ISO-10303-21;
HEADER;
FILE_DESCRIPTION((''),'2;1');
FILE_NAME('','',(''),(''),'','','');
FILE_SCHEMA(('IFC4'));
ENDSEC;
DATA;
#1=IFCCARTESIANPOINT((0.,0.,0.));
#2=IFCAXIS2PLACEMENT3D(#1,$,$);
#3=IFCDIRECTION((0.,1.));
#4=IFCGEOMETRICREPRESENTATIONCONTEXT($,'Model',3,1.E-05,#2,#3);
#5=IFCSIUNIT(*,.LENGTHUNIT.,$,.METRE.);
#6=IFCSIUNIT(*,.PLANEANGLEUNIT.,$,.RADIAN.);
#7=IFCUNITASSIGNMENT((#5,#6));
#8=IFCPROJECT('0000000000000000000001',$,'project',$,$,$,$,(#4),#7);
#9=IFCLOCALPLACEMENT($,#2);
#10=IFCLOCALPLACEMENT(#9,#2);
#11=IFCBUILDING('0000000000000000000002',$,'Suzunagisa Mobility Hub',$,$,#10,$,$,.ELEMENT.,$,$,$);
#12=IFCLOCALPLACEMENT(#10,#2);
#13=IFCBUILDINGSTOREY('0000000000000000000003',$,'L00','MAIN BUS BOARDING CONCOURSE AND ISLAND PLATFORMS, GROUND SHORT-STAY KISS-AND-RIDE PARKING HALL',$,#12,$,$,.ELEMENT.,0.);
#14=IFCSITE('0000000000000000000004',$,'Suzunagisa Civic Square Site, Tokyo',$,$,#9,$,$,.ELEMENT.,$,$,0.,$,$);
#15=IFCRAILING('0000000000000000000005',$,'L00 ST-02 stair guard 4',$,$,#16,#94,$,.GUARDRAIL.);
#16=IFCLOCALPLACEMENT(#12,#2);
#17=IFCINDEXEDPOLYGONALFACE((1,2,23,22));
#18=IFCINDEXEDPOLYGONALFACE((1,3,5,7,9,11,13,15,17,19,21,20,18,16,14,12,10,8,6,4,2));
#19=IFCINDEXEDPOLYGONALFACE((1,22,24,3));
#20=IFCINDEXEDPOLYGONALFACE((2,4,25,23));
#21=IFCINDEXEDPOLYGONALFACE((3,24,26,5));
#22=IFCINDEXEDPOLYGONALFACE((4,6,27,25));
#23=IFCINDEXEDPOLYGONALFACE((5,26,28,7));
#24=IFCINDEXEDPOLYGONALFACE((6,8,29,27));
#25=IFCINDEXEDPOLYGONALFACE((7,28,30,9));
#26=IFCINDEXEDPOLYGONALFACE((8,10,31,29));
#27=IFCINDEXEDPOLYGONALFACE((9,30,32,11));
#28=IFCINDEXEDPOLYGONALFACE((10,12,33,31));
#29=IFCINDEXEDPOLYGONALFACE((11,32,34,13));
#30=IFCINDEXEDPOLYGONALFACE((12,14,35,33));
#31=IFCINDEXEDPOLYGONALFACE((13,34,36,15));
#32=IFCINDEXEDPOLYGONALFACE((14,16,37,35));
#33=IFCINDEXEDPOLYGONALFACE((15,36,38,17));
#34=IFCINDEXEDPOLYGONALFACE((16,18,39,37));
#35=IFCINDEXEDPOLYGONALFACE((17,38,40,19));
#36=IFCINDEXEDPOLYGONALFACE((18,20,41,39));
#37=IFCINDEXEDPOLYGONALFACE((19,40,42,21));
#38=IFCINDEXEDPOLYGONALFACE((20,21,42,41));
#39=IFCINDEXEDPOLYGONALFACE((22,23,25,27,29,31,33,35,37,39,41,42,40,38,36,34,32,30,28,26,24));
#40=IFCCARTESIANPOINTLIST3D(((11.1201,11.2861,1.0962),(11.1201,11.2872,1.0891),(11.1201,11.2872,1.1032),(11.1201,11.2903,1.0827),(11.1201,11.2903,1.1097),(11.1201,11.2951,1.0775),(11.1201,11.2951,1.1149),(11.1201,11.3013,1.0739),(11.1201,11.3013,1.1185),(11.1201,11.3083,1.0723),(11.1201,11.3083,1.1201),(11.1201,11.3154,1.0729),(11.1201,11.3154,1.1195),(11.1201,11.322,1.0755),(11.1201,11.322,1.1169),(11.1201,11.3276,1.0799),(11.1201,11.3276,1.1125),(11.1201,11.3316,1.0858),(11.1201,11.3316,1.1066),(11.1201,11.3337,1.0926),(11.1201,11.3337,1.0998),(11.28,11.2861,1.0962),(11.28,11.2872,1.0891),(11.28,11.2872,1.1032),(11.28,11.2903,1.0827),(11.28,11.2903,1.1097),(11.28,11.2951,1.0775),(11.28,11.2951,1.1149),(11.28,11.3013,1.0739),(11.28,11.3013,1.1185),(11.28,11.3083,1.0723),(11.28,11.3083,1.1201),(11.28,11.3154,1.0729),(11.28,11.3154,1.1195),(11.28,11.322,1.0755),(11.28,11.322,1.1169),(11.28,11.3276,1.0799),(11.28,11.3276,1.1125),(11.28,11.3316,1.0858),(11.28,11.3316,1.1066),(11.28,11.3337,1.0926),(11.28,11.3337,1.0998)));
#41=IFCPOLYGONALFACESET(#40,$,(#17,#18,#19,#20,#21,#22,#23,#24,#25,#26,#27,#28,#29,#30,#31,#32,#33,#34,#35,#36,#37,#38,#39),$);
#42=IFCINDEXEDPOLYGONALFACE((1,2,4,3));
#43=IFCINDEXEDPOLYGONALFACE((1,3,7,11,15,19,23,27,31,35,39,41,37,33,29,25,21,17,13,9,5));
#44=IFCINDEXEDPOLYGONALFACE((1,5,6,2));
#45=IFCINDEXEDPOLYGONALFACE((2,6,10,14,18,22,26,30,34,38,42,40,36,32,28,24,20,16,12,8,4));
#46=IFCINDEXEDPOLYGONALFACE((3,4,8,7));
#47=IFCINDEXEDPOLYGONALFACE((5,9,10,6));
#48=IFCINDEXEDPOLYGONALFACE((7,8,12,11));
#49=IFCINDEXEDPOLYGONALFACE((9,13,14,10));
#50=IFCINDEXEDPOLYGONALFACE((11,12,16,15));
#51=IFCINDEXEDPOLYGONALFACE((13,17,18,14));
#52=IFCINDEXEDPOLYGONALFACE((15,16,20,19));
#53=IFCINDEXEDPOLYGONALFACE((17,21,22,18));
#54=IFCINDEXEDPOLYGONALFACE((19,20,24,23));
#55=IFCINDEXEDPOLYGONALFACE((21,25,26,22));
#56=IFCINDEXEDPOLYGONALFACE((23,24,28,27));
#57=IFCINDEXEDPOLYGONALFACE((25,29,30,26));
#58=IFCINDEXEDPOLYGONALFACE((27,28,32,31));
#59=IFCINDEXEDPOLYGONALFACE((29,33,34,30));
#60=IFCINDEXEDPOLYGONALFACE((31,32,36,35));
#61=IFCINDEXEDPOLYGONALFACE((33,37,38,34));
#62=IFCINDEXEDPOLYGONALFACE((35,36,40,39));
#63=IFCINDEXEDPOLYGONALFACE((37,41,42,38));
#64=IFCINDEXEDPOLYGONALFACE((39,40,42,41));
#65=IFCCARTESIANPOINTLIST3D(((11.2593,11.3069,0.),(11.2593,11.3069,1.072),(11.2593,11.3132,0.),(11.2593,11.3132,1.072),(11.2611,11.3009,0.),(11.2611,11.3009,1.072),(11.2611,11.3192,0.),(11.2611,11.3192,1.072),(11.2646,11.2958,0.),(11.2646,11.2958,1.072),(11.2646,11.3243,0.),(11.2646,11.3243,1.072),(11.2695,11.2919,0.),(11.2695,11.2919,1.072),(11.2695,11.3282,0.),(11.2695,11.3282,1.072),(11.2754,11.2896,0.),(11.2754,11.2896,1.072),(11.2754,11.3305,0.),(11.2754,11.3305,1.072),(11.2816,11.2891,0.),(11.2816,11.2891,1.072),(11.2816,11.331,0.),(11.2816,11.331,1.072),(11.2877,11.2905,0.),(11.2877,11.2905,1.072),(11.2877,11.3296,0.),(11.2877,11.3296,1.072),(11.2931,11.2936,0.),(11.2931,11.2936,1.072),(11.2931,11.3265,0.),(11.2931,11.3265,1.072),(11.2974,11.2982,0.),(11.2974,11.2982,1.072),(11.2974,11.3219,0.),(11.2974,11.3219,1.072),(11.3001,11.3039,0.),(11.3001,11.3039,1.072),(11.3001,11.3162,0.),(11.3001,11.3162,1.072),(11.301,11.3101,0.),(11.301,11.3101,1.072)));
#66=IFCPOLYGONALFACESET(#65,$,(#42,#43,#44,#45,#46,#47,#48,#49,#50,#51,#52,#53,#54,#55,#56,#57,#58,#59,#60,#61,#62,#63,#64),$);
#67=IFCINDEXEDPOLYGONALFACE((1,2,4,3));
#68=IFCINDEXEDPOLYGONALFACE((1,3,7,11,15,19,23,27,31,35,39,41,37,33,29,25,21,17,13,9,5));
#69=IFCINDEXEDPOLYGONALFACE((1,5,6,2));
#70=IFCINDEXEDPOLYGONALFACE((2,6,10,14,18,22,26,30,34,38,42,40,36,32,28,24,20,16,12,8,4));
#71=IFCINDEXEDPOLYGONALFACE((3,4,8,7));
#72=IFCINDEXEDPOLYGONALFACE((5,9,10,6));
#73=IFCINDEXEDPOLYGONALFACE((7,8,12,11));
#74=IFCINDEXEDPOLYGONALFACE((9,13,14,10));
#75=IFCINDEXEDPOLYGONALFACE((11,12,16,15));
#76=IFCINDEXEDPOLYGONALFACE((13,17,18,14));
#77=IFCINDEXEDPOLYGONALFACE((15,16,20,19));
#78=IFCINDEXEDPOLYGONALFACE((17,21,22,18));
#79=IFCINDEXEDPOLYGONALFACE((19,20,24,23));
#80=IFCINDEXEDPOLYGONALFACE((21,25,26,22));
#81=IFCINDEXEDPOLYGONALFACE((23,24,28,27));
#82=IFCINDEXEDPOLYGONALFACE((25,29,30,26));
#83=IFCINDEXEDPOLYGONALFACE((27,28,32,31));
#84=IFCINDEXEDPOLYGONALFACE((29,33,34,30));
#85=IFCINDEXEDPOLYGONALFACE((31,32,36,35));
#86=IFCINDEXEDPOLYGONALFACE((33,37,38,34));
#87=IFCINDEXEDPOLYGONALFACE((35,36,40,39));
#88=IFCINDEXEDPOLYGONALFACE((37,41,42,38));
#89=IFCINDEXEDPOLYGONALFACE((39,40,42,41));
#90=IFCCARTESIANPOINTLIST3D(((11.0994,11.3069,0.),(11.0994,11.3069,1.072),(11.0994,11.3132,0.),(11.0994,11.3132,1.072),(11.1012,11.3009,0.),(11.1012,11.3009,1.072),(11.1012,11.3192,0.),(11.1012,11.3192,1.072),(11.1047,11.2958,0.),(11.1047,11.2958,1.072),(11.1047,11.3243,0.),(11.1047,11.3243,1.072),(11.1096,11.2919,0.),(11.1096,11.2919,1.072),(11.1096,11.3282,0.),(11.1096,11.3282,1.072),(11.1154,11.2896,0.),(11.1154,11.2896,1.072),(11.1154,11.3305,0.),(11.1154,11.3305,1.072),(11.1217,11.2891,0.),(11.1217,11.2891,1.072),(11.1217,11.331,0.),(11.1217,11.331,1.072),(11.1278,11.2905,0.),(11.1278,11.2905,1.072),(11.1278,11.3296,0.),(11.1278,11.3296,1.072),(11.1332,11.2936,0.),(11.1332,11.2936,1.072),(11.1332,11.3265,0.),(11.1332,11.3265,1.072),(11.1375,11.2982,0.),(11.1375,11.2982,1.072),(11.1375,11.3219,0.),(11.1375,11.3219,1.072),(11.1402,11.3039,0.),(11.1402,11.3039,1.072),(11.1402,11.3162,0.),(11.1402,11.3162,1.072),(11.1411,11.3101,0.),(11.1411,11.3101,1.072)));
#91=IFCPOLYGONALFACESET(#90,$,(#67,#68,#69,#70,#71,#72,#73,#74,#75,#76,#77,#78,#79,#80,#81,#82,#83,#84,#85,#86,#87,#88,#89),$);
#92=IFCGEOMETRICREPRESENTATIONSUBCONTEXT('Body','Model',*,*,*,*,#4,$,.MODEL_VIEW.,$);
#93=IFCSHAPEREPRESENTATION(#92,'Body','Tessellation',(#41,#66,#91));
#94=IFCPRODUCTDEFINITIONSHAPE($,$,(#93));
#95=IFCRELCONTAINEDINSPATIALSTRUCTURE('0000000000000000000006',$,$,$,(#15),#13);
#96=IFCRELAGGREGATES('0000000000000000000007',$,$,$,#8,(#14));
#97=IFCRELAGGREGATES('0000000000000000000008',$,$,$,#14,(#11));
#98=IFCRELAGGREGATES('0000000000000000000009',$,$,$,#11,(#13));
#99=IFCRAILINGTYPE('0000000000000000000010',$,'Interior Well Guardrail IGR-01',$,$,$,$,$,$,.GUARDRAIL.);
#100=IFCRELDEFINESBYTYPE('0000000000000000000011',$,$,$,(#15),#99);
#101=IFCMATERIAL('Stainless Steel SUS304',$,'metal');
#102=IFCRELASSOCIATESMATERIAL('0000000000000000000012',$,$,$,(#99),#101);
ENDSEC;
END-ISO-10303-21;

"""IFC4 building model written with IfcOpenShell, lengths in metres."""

from ifc_helpers import new_model, si_unit, direction, frame, origin, origin_2d, place, context, subcontext, project, spatial, circle, extrude, material, type_object, element, save


model = new_model("IFC4")

# Units and contexts
model_context = context("Model", 3, precision=1e-05, world=origin(), true_north=direction((0.0, 1.0)))
body_context = subcontext(model_context, "Body", "Model", "MODEL_VIEW")
ifc_project = project(units=[si_unit("LENGTHUNIT", "METRE"), si_unit("PLANEANGLEUNIT", "RADIAN")], contexts=[model_context])

# Site, building, storey
site_placement = place(None, origin())
site = spatial("IfcSite", under=ifc_project, at=site_placement, Name="Suzunagisa Civic Square Site, Tokyo", CompositionType="ELEMENT", RefElevation=0.0)
building_placement = place(site_placement, origin())
building = spatial("IfcBuilding", under=site, at=building_placement, Name="Suzunagisa Mobility Hub", CompositionType="ELEMENT")
storey_placement = place(building_placement, origin())
storey = spatial("IfcBuildingStorey", under=building, at=storey_placement, Name="L00", Description="MAIN BUS BOARDING CONCOURSE AND ISLAND PLATFORMS, GROUND SHORT-STAY KISS-AND-RIDE PARKING HALL", CompositionType="ELEMENT", Elevation=0.0)

# Railing
ifc_material_1 = material(Name="Stainless Steel SUS304", Category="metal")
railing_type_1 = type_object("IfcRailingType", Name="Interior Well Guardrail IGR-01", PredefinedType="GUARDRAIL", material=ifc_material_1)
railing_1_placement = place(storey_placement, frame((11.28, 11.3101, 0.0)))
element("IfcRailing", 1, at=railing_1_placement, inside=storey, type_object=railing_type_1, Name="L00 ST-02 stair guard 4", PredefinedType="GUARDRAIL", context=body_context, shape_type="SweptSolid", body=[
    extrude(circle(Radius=0.0239, at=origin_2d()), frame((0.0, 0.0, 1.0962), z_axis=(-1.0, 0.0, 0.0), x_axis=(0.0, -1.0, 0.0)), (0.0, 0.0, 1.0), 0.1599),
    extrude(circle(Radius=0.021, at=origin_2d()), origin(), (0.0, 0.0, 1.0), 1.072),
    extrude(circle(Radius=0.021, at=origin_2d()), frame((-0.1599, 0.0, 0.0)), (0.0, 0.0, 1.0), 1.072),
])

save(model, "model.ifc")
